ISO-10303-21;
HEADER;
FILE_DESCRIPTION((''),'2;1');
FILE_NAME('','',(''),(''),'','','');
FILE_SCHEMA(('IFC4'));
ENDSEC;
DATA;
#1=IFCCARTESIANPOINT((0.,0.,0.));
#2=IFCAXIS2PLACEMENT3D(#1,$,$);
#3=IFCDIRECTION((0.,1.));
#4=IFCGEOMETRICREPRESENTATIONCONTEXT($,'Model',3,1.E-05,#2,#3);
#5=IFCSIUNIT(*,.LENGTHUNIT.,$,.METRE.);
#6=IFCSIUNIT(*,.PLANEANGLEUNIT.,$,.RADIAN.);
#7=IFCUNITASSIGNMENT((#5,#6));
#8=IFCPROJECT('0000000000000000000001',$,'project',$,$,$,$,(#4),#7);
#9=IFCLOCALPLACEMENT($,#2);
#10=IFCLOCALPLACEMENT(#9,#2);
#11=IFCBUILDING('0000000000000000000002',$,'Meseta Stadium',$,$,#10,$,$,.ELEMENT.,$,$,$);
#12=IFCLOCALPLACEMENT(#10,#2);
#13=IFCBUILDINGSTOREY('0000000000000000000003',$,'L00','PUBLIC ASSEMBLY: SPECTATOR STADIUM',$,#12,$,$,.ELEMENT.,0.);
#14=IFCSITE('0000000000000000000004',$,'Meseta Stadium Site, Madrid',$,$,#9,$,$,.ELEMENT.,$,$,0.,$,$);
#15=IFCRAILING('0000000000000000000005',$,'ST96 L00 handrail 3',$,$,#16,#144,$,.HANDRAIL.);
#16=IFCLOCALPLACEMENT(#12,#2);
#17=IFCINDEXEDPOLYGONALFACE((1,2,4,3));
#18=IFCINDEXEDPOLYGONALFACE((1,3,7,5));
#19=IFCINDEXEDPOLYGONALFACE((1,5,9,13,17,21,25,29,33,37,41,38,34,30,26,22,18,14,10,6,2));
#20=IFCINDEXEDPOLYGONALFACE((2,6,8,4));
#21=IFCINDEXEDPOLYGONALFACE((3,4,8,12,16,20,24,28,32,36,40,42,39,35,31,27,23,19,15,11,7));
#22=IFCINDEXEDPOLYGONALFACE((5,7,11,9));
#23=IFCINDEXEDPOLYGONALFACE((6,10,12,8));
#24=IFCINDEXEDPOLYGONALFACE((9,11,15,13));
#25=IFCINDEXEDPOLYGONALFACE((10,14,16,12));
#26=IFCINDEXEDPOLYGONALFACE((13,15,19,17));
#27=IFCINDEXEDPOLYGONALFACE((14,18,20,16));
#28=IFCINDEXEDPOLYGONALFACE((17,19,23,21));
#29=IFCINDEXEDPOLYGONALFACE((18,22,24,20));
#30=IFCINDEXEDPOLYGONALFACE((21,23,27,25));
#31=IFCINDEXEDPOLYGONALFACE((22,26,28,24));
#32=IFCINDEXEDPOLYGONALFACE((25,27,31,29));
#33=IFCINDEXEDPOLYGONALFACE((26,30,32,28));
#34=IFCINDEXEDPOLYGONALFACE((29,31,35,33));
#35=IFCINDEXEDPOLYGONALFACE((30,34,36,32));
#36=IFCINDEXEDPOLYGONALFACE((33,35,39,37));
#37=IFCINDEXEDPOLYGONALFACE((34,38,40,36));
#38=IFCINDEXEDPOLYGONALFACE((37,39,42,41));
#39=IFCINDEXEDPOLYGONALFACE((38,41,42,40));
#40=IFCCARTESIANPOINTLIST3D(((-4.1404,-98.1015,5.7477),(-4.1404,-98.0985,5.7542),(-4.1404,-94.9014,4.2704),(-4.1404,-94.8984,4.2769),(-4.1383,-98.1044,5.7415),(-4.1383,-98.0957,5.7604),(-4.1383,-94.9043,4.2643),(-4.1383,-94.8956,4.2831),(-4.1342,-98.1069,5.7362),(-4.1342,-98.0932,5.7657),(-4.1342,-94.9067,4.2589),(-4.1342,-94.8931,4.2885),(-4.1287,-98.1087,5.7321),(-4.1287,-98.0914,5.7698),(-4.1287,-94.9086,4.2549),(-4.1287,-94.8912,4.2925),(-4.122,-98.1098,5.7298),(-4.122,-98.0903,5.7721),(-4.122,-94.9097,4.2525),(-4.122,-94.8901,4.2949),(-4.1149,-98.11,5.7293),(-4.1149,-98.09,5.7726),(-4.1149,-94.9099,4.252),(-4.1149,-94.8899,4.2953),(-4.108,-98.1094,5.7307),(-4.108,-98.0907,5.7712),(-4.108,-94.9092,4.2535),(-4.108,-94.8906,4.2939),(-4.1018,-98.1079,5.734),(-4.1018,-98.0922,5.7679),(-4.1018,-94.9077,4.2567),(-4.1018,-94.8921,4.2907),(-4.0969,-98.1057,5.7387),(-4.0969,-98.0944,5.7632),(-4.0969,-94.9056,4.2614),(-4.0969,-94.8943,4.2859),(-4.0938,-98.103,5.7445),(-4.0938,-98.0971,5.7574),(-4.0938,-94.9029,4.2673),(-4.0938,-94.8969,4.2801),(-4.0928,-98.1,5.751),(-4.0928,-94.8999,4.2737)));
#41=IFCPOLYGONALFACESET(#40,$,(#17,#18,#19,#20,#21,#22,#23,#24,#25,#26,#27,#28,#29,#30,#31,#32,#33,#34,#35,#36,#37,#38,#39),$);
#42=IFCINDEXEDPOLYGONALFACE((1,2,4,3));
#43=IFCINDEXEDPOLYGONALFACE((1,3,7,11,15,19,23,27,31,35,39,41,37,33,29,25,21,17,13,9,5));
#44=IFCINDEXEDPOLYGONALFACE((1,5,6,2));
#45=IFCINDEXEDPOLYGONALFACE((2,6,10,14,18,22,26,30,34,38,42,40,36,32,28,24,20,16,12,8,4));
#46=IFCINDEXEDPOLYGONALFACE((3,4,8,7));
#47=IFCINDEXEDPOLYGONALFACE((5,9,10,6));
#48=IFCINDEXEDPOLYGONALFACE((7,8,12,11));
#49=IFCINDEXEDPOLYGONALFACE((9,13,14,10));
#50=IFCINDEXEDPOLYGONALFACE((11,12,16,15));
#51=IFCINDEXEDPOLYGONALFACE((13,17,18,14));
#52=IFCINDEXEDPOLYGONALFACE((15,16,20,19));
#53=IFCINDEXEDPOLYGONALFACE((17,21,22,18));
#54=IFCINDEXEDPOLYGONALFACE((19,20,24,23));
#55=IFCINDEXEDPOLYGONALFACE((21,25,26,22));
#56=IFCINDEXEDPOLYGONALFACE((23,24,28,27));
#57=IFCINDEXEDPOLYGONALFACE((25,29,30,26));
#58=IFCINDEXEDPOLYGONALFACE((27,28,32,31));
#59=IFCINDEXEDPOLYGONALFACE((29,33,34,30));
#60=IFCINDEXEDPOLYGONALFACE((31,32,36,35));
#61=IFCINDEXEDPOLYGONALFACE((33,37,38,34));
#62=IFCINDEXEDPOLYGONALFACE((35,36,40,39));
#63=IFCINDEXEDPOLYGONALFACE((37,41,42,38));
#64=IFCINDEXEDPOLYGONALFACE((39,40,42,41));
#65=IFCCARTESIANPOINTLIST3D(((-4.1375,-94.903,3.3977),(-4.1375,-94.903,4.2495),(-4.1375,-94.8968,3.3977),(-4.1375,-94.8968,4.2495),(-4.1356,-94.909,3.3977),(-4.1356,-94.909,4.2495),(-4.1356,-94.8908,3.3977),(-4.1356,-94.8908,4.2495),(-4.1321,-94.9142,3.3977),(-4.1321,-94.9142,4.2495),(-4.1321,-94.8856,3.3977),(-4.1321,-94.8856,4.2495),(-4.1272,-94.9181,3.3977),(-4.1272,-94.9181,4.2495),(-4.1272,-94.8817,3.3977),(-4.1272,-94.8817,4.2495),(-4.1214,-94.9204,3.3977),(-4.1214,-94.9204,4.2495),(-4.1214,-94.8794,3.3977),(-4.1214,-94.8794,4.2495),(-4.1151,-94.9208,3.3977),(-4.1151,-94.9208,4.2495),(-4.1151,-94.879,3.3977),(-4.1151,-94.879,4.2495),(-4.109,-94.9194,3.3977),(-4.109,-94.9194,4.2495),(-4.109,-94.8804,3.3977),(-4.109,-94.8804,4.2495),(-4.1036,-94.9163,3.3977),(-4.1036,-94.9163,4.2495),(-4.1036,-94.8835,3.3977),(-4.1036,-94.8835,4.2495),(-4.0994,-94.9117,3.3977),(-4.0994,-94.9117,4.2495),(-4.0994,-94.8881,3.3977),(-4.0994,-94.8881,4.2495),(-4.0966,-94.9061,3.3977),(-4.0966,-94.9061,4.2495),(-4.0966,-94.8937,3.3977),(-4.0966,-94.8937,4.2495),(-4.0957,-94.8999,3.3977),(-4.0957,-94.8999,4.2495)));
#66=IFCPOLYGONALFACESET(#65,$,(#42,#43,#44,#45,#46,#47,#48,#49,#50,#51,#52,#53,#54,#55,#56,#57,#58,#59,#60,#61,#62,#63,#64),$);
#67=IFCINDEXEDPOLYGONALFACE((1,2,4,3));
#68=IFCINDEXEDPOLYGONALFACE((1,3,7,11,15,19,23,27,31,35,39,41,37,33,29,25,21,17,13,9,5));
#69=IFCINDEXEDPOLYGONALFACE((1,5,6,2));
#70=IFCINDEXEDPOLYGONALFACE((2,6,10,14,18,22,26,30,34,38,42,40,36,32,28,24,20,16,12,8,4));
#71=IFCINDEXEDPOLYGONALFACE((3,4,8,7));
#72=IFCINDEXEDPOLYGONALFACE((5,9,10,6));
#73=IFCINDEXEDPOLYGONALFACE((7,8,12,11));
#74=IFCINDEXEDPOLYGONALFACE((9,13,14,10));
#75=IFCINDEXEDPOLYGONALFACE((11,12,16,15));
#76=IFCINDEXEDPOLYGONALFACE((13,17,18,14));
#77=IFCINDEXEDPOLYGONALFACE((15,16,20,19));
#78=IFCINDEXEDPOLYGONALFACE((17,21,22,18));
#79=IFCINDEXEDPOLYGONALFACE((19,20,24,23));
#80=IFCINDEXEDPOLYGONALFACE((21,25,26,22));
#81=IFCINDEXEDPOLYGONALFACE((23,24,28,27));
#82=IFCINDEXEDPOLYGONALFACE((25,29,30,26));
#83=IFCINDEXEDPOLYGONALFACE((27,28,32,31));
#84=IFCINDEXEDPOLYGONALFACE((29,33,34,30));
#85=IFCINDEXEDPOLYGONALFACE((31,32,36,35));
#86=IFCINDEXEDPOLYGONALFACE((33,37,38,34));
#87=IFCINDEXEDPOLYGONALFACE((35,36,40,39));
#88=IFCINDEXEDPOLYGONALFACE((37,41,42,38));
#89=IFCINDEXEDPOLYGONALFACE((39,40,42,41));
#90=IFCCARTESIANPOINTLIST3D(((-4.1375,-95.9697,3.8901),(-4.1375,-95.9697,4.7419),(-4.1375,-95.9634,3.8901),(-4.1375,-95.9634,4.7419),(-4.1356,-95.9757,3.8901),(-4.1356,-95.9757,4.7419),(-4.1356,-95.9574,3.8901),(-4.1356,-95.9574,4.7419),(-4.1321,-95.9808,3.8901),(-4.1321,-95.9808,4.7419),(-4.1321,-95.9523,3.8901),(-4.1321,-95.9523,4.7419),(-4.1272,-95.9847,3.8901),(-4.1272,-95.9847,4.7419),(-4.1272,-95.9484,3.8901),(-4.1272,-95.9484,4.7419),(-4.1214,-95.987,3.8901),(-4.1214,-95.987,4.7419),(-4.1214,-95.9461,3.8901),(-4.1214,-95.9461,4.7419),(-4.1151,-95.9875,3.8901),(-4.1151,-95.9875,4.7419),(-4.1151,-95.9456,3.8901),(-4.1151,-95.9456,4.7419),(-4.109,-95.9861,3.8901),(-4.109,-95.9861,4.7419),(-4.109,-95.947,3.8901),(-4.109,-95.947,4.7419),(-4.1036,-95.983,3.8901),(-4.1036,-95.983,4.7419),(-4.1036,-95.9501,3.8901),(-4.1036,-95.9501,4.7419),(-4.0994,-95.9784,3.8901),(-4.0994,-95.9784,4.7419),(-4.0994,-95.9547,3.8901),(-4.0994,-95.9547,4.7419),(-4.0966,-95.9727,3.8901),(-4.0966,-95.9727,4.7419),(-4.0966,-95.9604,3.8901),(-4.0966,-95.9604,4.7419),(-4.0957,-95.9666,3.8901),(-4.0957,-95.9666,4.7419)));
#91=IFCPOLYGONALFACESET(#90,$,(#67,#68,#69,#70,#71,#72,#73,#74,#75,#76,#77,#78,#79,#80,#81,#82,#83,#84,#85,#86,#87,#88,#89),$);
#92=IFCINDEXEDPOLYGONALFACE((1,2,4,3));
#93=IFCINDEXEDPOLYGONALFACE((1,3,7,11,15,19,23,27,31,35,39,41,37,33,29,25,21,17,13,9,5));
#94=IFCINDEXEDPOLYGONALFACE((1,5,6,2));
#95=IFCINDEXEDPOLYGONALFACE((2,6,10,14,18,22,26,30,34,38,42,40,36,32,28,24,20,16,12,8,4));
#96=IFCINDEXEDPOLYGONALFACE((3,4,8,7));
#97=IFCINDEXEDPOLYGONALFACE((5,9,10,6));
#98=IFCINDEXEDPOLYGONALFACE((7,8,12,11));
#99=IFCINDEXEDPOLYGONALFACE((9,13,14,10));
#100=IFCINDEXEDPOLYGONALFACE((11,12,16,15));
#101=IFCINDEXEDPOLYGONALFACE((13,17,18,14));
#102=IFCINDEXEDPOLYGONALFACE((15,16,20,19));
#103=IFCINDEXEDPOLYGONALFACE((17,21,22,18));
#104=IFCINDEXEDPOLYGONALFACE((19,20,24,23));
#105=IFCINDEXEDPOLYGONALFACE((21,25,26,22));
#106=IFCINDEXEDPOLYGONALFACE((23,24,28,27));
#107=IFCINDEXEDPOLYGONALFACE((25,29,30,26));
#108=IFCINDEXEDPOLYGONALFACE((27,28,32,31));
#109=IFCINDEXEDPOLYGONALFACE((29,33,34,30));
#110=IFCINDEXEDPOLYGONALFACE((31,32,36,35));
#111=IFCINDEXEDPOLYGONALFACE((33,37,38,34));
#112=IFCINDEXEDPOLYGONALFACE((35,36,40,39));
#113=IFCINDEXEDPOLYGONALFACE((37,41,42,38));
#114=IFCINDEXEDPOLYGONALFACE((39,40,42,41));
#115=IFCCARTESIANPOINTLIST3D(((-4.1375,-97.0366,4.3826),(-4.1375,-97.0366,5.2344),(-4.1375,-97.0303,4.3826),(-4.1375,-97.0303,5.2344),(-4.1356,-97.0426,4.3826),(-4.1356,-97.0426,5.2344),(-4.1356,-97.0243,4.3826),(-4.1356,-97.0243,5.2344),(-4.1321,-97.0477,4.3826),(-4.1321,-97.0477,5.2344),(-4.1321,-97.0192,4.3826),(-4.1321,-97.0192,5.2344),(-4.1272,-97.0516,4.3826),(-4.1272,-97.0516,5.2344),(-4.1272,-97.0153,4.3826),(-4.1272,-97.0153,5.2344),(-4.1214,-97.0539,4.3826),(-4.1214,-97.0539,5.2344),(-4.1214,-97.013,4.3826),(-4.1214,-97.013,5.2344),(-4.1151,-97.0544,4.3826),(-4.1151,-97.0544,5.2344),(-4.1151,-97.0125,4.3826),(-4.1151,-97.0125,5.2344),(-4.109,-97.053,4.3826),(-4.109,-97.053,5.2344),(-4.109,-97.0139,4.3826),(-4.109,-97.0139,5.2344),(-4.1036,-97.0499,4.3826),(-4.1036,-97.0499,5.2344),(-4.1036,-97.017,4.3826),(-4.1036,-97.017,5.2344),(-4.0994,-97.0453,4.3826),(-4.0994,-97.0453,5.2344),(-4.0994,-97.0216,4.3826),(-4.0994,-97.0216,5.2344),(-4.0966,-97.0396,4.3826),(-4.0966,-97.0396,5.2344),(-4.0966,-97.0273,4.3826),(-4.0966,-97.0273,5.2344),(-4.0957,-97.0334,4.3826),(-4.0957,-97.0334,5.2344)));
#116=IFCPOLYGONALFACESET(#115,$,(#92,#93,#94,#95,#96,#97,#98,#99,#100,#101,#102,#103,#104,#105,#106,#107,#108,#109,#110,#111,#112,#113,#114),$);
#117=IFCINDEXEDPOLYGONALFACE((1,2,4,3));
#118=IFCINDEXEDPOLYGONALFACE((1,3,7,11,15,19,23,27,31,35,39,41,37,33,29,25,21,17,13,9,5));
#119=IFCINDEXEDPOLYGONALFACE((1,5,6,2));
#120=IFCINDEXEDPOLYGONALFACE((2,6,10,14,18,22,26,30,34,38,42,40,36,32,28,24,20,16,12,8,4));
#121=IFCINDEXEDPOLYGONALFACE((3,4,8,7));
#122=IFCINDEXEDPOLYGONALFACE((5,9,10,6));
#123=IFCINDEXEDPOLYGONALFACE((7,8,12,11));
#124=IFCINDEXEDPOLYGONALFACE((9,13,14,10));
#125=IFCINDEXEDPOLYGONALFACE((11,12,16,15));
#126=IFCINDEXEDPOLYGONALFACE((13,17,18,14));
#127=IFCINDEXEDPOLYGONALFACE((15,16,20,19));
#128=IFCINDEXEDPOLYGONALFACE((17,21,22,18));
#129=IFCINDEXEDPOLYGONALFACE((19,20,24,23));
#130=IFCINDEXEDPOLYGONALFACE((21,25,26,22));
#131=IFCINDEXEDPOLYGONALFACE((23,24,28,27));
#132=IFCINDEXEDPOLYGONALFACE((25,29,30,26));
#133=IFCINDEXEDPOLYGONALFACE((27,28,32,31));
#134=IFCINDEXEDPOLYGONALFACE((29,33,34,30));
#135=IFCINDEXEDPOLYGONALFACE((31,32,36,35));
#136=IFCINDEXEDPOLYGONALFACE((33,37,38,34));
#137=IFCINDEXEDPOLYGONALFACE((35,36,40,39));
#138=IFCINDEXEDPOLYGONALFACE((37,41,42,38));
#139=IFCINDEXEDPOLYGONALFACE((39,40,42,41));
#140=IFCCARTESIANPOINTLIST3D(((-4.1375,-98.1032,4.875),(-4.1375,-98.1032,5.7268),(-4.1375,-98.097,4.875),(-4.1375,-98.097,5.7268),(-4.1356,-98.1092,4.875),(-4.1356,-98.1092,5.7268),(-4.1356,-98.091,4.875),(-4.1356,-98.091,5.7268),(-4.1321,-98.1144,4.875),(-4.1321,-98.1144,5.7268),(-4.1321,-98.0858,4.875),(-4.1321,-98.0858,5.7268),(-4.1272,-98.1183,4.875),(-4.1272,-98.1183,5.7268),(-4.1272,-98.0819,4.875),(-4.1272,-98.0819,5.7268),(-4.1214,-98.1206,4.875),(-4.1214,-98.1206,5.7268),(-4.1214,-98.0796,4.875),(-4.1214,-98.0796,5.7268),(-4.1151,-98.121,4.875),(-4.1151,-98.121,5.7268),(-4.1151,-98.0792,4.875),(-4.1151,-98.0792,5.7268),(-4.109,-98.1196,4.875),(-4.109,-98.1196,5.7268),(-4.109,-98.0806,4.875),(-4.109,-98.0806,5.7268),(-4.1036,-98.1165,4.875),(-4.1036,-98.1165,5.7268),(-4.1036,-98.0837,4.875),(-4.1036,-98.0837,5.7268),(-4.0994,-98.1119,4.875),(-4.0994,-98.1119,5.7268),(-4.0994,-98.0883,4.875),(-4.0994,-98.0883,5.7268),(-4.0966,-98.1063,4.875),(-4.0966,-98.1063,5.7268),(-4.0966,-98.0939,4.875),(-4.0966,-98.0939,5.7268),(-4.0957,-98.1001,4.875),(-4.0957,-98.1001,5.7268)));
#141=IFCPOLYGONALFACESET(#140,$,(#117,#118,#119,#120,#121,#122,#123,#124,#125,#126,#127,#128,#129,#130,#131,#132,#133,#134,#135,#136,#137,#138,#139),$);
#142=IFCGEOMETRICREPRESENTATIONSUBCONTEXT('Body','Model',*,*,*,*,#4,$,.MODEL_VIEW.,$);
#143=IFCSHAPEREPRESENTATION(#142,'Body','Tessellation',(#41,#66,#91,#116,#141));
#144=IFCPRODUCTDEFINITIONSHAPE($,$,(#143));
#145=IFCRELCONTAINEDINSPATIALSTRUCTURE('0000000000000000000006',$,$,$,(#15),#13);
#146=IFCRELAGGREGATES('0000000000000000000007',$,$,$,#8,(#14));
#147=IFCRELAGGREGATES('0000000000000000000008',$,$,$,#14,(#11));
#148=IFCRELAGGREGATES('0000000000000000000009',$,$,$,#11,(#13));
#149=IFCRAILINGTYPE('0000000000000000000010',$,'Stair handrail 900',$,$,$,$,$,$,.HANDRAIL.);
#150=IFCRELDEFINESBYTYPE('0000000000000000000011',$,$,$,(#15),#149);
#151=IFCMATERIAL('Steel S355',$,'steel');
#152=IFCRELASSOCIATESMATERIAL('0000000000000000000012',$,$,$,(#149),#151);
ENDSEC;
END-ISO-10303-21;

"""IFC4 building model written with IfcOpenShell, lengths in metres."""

from ifc_helpers import new_model, si_unit, direction, frame, origin, origin_2d, place, context, subcontext, project, spatial, circle, extrude, material, type_object, element, save


model = new_model("IFC4")

# Units and contexts
model_context = context("Model", 3, precision=1e-05, world=origin(), true_north=direction((0.0, 1.0)))
body_context = subcontext(model_context, "Body", "Model", "MODEL_VIEW")
ifc_project = project(units=[si_unit("LENGTHUNIT", "METRE"), si_unit("PLANEANGLEUNIT", "RADIAN")], contexts=[model_context])

# Site, building, storey
site_placement = place(None, origin())
site = spatial("IfcSite", under=ifc_project, at=site_placement, Name="Meseta Stadium Site, Madrid", CompositionType="ELEMENT", RefElevation=0.0)
building_placement = place(site_placement, origin())
building = spatial("IfcBuilding", under=site, at=building_placement, Name="Meseta Stadium", CompositionType="ELEMENT")
storey_placement = place(building_placement, origin())
storey = spatial("IfcBuildingStorey", under=building, at=storey_placement, Name="L00", Description="PUBLIC ASSEMBLY: SPECTATOR STADIUM", CompositionType="ELEMENT", Elevation=0.0)

# Railing
ifc_material_1 = material(Name="Steel S355", Category="steel")
railing_type_1 = type_object("IfcRailingType", Name="Stair handrail 900", PredefinedType="HANDRAIL", material=ifc_material_1)
railing_1_placement = place(storey_placement, frame((-4.1167, -94.8999, 3.3977)))
element("IfcRailing", 1, at=railing_1_placement, inside=storey, type_object=railing_type_1, Name="ST96 L00 handrail 3", PredefinedType="HANDRAIL", context=body_context, shape_type="SweptSolid", body=[
    extrude(circle(Radius=0.0239, at=origin_2d()), frame((0.0, 0.0, 0.876), z_axis=(0.0, -0.907929, 0.419124), x_axis=(1.0, 0.0, 0.0)), (0.0, 0.0, 1.0), 3.5247),
    extrude(circle(Radius=0.021, at=origin_2d()), origin(), (0.0, 0.0, 1.0), 0.8518),
    extrude(circle(Radius=0.021, at=origin_2d()), frame((0.0, -1.0667, 0.4924)), (0.0, 0.0, 1.0), 0.8518),
    extrude(circle(Radius=0.021, at=origin_2d()), frame((0.0, -2.1335, 0.9849)), (0.0, 0.0, 1.0), 0.8518),
    extrude(circle(Radius=0.021, at=origin_2d()), frame((0.0, -3.2002, 1.4773)), (0.0, 0.0, 1.0), 0.8518),
])

save(model, "model.ifc")
